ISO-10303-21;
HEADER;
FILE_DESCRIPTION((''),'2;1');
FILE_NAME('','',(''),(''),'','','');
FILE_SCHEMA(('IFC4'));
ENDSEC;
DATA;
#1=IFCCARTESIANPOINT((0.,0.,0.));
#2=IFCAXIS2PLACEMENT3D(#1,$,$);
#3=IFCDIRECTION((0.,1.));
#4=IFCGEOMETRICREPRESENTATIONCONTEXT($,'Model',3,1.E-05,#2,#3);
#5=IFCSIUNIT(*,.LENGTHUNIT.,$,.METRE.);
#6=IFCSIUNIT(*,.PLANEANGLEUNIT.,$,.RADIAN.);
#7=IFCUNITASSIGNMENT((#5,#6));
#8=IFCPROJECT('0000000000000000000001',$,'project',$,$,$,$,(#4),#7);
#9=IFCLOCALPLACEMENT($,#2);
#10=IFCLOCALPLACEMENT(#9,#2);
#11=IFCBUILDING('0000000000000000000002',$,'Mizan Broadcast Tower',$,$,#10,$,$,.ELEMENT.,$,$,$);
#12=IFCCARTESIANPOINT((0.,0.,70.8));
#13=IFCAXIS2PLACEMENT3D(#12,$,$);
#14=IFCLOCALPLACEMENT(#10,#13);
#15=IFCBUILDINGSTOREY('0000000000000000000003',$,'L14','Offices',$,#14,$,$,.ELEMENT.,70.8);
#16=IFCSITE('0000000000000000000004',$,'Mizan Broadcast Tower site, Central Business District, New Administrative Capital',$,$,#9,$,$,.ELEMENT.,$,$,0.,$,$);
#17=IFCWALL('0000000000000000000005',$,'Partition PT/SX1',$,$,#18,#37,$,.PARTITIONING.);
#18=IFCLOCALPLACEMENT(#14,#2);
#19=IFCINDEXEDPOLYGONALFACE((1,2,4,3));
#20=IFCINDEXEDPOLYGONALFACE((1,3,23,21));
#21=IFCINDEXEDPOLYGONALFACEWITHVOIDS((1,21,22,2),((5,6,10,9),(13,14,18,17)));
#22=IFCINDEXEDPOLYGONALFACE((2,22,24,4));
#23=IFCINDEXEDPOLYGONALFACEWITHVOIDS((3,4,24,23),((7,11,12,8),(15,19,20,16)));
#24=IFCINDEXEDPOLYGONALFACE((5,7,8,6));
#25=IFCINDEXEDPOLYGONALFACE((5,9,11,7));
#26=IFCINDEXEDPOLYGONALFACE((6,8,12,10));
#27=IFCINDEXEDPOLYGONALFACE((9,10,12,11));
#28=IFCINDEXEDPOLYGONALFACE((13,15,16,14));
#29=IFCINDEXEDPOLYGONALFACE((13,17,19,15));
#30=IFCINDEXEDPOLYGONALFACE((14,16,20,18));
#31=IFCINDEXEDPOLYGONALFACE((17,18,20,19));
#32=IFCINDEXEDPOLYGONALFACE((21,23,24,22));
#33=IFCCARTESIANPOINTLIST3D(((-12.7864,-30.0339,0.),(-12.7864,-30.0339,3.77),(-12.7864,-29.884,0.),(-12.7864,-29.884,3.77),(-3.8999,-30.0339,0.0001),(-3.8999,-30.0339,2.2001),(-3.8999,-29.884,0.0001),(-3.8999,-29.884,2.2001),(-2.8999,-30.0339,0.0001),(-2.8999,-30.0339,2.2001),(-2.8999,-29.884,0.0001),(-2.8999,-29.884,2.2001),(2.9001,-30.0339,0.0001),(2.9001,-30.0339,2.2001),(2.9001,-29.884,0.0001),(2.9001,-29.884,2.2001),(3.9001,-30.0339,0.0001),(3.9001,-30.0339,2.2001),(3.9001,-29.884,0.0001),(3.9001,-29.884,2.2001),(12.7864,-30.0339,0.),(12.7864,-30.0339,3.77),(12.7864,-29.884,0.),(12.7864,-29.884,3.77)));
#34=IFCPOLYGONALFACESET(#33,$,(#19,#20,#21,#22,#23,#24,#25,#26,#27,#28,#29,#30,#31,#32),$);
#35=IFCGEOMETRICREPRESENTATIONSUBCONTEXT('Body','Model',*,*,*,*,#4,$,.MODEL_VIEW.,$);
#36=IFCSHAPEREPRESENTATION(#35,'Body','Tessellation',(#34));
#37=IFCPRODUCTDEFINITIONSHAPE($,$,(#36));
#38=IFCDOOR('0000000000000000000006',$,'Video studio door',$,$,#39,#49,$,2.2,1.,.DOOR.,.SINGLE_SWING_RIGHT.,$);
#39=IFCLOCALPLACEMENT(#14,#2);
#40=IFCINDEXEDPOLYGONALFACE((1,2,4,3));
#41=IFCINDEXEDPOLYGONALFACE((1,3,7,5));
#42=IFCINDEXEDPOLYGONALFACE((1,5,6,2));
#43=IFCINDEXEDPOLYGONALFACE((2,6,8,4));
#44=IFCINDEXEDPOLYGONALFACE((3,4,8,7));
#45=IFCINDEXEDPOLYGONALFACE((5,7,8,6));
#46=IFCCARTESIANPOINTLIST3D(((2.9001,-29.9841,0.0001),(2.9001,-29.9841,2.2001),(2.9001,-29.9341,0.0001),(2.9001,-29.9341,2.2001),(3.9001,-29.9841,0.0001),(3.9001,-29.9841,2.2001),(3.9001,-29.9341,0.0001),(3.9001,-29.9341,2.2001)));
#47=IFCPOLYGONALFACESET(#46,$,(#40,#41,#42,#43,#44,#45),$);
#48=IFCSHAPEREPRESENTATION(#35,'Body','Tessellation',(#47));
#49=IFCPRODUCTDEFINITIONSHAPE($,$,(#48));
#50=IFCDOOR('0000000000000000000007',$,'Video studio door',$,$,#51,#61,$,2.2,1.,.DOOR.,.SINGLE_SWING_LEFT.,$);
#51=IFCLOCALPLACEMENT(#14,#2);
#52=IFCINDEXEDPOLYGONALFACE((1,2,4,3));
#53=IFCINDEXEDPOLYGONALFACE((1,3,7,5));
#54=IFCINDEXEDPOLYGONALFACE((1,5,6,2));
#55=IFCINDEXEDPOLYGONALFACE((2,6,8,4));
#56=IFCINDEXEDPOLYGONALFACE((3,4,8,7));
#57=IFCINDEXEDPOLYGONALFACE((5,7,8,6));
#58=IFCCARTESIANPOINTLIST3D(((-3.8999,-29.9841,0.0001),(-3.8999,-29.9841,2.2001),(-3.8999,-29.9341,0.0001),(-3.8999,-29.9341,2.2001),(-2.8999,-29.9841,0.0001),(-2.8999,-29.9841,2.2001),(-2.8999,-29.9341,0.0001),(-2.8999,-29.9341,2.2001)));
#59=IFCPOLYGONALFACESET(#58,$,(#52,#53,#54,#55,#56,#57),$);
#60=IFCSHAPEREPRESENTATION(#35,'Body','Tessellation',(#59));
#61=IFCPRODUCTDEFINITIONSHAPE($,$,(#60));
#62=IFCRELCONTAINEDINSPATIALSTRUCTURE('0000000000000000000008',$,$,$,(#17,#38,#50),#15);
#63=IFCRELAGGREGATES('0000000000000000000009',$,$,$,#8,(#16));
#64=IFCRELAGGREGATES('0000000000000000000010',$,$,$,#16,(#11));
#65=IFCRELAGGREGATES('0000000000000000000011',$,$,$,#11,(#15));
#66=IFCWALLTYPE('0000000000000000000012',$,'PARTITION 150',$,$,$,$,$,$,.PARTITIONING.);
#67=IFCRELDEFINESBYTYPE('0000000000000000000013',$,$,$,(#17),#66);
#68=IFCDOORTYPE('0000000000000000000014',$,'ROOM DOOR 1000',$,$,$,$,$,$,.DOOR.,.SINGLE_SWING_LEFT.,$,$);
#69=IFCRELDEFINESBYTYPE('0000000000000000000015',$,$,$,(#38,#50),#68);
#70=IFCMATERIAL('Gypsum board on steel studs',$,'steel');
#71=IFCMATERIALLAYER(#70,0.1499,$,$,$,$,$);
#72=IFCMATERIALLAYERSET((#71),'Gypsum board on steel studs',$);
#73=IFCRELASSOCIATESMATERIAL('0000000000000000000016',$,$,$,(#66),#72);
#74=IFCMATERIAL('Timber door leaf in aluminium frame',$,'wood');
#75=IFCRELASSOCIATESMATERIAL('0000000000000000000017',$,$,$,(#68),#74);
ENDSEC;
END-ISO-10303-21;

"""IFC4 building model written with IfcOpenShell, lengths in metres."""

from ifc_helpers import new_model, si_unit, direction, frame, frame_2d, origin, place, context, subcontext, project, spatial, rectangle, extrude, material, layer, layer_set, type_object, element, fill, save


model = new_model("IFC4")

# Units and contexts
model_context = context("Model", 3, precision=1e-05, world=origin(), true_north=direction((0.0, 1.0)))
body_context = subcontext(model_context, "Body", "Model", "MODEL_VIEW")
ifc_project = project(units=[si_unit("LENGTHUNIT", "METRE"), si_unit("PLANEANGLEUNIT", "RADIAN")], contexts=[model_context])

# Site, building, storey
site_placement = place(None, origin())
site = spatial("IfcSite", under=ifc_project, at=site_placement, Name="Mizan Broadcast Tower site, Central Business District, New Administrative Capital", CompositionType="ELEMENT", RefElevation=0.0)
building_placement = place(site_placement, origin())
building = spatial("IfcBuilding", under=site, at=building_placement, Name="Mizan Broadcast Tower", CompositionType="ELEMENT")
storey_placement = place(building_placement, frame((0.0, 0.0, 70.8)))
storey = spatial("IfcBuildingStorey", under=building, at=storey_placement, Name="L14", Description="Offices", CompositionType="ELEMENT", Elevation=70.8)

# Wall, openings, doors
ifc_material_1 = material(Name="Gypsum board on steel studs", Category="steel")
ifc_layer_1 = layer(ifc_material_1, 0.1499)
ifc_layer_set_1 = layer_set([ifc_layer_1], Name="Gypsum board on steel studs")
wall_type = type_object("IfcWallType", Name="PARTITION 150", PredefinedType="PARTITIONING", material=ifc_layer_set_1)
wall_placement = place(storey_placement, frame((-12.7864, -29.959, 0.0), z_axis=(0.0, 0.0, 1.0), x_axis=(1.0, 0.0, 0.0)))
wall = element("IfcWall", 1, at=wall_placement, inside=storey, type_object=wall_type, Name="Partition PT/SX1", PredefinedType="PARTITIONING", context=body_context, shape_type="SweptSolid", body=[
    extrude(rectangle(XDim=25.5728, YDim=0.1499, at=frame_2d((12.7864, 0.0))), origin(), (0.0, 0.0, 1.0), 3.77),
])
opening_1_placement = place(wall_placement, frame((15.6865, 0.0, 0.0)))
opening_1 = element("IfcOpeningElement", 2, at=opening_1_placement, cuts=wall, PredefinedType="OPENING", context=body_context, shape_type="SweptSolid", body=[
    extrude(rectangle(XDim=1.0, YDim=2.2, at=frame_2d((0.5, 1.1001))), frame((0.0, 0.085, 0.0), z_axis=(0.0, -1.0, 0.0), x_axis=(1.0, 0.0, 0.0)), (0.0, 0.0, 1.0), 0.1699),
])
opening_2_placement = place(wall_placement, frame((8.8865, 0.0, 0.0)))
opening_2 = element("IfcOpeningElement", 3, at=opening_2_placement, cuts=wall, PredefinedType="OPENING", context=body_context, shape_type="SweptSolid", body=[
    extrude(rectangle(XDim=1.0, YDim=2.2, at=frame_2d((0.5, 1.1001))), frame((0.0, 0.085, 0.0), z_axis=(0.0, -1.0, 0.0), x_axis=(1.0, 0.0, 0.0)), (0.0, 0.0, 1.0), 0.1699),
])
ifc_material_2 = material(Name="Timber door leaf in aluminium frame", Category="wood")
door_type = type_object("IfcDoorType", Name="ROOM DOOR 1000", OperationType="SINGLE_SWING_LEFT", PredefinedType="DOOR", material=ifc_material_2)
door_1_placement = place(opening_1_placement, origin())
door_1 = element("IfcDoor", 4, at=door_1_placement, inside=storey, type_object=door_type, Name="Video studio door", OperationType="SINGLE_SWING_RIGHT", OverallHeight=2.2, OverallWidth=1.0, PredefinedType="DOOR", context=body_context, shape_type="SweptSolid", body=[
    extrude(rectangle(XDim=1.0, YDim=2.2, at=frame_2d((0.5, 1.1001))), frame((0.0, 0.0249, 0.0), z_axis=(0.0, -1.0, 0.0), x_axis=(1.0, 0.0, 0.0)), (0.0, 0.0, 1.0), 0.05),
])
fill(opening_1, door_1)
door_2_placement = place(opening_2_placement, origin())
door_2 = element("IfcDoor", 5, at=door_2_placement, inside=storey, type_object=door_type, Name="Video studio door", OperationType="SINGLE_SWING_LEFT", OverallHeight=2.2, OverallWidth=1.0, PredefinedType="DOOR", context=body_context, shape_type="SweptSolid", body=[
    extrude(rectangle(XDim=1.0, YDim=2.2, at=frame_2d((0.5, 1.1001))), frame((0.0, 0.0249, 0.0), z_axis=(0.0, -1.0, 0.0), x_axis=(1.0, 0.0, 0.0)), (0.0, 0.0, 1.0), 0.05),
])
fill(opening_2, door_2)

save(model, "model.ifc")
